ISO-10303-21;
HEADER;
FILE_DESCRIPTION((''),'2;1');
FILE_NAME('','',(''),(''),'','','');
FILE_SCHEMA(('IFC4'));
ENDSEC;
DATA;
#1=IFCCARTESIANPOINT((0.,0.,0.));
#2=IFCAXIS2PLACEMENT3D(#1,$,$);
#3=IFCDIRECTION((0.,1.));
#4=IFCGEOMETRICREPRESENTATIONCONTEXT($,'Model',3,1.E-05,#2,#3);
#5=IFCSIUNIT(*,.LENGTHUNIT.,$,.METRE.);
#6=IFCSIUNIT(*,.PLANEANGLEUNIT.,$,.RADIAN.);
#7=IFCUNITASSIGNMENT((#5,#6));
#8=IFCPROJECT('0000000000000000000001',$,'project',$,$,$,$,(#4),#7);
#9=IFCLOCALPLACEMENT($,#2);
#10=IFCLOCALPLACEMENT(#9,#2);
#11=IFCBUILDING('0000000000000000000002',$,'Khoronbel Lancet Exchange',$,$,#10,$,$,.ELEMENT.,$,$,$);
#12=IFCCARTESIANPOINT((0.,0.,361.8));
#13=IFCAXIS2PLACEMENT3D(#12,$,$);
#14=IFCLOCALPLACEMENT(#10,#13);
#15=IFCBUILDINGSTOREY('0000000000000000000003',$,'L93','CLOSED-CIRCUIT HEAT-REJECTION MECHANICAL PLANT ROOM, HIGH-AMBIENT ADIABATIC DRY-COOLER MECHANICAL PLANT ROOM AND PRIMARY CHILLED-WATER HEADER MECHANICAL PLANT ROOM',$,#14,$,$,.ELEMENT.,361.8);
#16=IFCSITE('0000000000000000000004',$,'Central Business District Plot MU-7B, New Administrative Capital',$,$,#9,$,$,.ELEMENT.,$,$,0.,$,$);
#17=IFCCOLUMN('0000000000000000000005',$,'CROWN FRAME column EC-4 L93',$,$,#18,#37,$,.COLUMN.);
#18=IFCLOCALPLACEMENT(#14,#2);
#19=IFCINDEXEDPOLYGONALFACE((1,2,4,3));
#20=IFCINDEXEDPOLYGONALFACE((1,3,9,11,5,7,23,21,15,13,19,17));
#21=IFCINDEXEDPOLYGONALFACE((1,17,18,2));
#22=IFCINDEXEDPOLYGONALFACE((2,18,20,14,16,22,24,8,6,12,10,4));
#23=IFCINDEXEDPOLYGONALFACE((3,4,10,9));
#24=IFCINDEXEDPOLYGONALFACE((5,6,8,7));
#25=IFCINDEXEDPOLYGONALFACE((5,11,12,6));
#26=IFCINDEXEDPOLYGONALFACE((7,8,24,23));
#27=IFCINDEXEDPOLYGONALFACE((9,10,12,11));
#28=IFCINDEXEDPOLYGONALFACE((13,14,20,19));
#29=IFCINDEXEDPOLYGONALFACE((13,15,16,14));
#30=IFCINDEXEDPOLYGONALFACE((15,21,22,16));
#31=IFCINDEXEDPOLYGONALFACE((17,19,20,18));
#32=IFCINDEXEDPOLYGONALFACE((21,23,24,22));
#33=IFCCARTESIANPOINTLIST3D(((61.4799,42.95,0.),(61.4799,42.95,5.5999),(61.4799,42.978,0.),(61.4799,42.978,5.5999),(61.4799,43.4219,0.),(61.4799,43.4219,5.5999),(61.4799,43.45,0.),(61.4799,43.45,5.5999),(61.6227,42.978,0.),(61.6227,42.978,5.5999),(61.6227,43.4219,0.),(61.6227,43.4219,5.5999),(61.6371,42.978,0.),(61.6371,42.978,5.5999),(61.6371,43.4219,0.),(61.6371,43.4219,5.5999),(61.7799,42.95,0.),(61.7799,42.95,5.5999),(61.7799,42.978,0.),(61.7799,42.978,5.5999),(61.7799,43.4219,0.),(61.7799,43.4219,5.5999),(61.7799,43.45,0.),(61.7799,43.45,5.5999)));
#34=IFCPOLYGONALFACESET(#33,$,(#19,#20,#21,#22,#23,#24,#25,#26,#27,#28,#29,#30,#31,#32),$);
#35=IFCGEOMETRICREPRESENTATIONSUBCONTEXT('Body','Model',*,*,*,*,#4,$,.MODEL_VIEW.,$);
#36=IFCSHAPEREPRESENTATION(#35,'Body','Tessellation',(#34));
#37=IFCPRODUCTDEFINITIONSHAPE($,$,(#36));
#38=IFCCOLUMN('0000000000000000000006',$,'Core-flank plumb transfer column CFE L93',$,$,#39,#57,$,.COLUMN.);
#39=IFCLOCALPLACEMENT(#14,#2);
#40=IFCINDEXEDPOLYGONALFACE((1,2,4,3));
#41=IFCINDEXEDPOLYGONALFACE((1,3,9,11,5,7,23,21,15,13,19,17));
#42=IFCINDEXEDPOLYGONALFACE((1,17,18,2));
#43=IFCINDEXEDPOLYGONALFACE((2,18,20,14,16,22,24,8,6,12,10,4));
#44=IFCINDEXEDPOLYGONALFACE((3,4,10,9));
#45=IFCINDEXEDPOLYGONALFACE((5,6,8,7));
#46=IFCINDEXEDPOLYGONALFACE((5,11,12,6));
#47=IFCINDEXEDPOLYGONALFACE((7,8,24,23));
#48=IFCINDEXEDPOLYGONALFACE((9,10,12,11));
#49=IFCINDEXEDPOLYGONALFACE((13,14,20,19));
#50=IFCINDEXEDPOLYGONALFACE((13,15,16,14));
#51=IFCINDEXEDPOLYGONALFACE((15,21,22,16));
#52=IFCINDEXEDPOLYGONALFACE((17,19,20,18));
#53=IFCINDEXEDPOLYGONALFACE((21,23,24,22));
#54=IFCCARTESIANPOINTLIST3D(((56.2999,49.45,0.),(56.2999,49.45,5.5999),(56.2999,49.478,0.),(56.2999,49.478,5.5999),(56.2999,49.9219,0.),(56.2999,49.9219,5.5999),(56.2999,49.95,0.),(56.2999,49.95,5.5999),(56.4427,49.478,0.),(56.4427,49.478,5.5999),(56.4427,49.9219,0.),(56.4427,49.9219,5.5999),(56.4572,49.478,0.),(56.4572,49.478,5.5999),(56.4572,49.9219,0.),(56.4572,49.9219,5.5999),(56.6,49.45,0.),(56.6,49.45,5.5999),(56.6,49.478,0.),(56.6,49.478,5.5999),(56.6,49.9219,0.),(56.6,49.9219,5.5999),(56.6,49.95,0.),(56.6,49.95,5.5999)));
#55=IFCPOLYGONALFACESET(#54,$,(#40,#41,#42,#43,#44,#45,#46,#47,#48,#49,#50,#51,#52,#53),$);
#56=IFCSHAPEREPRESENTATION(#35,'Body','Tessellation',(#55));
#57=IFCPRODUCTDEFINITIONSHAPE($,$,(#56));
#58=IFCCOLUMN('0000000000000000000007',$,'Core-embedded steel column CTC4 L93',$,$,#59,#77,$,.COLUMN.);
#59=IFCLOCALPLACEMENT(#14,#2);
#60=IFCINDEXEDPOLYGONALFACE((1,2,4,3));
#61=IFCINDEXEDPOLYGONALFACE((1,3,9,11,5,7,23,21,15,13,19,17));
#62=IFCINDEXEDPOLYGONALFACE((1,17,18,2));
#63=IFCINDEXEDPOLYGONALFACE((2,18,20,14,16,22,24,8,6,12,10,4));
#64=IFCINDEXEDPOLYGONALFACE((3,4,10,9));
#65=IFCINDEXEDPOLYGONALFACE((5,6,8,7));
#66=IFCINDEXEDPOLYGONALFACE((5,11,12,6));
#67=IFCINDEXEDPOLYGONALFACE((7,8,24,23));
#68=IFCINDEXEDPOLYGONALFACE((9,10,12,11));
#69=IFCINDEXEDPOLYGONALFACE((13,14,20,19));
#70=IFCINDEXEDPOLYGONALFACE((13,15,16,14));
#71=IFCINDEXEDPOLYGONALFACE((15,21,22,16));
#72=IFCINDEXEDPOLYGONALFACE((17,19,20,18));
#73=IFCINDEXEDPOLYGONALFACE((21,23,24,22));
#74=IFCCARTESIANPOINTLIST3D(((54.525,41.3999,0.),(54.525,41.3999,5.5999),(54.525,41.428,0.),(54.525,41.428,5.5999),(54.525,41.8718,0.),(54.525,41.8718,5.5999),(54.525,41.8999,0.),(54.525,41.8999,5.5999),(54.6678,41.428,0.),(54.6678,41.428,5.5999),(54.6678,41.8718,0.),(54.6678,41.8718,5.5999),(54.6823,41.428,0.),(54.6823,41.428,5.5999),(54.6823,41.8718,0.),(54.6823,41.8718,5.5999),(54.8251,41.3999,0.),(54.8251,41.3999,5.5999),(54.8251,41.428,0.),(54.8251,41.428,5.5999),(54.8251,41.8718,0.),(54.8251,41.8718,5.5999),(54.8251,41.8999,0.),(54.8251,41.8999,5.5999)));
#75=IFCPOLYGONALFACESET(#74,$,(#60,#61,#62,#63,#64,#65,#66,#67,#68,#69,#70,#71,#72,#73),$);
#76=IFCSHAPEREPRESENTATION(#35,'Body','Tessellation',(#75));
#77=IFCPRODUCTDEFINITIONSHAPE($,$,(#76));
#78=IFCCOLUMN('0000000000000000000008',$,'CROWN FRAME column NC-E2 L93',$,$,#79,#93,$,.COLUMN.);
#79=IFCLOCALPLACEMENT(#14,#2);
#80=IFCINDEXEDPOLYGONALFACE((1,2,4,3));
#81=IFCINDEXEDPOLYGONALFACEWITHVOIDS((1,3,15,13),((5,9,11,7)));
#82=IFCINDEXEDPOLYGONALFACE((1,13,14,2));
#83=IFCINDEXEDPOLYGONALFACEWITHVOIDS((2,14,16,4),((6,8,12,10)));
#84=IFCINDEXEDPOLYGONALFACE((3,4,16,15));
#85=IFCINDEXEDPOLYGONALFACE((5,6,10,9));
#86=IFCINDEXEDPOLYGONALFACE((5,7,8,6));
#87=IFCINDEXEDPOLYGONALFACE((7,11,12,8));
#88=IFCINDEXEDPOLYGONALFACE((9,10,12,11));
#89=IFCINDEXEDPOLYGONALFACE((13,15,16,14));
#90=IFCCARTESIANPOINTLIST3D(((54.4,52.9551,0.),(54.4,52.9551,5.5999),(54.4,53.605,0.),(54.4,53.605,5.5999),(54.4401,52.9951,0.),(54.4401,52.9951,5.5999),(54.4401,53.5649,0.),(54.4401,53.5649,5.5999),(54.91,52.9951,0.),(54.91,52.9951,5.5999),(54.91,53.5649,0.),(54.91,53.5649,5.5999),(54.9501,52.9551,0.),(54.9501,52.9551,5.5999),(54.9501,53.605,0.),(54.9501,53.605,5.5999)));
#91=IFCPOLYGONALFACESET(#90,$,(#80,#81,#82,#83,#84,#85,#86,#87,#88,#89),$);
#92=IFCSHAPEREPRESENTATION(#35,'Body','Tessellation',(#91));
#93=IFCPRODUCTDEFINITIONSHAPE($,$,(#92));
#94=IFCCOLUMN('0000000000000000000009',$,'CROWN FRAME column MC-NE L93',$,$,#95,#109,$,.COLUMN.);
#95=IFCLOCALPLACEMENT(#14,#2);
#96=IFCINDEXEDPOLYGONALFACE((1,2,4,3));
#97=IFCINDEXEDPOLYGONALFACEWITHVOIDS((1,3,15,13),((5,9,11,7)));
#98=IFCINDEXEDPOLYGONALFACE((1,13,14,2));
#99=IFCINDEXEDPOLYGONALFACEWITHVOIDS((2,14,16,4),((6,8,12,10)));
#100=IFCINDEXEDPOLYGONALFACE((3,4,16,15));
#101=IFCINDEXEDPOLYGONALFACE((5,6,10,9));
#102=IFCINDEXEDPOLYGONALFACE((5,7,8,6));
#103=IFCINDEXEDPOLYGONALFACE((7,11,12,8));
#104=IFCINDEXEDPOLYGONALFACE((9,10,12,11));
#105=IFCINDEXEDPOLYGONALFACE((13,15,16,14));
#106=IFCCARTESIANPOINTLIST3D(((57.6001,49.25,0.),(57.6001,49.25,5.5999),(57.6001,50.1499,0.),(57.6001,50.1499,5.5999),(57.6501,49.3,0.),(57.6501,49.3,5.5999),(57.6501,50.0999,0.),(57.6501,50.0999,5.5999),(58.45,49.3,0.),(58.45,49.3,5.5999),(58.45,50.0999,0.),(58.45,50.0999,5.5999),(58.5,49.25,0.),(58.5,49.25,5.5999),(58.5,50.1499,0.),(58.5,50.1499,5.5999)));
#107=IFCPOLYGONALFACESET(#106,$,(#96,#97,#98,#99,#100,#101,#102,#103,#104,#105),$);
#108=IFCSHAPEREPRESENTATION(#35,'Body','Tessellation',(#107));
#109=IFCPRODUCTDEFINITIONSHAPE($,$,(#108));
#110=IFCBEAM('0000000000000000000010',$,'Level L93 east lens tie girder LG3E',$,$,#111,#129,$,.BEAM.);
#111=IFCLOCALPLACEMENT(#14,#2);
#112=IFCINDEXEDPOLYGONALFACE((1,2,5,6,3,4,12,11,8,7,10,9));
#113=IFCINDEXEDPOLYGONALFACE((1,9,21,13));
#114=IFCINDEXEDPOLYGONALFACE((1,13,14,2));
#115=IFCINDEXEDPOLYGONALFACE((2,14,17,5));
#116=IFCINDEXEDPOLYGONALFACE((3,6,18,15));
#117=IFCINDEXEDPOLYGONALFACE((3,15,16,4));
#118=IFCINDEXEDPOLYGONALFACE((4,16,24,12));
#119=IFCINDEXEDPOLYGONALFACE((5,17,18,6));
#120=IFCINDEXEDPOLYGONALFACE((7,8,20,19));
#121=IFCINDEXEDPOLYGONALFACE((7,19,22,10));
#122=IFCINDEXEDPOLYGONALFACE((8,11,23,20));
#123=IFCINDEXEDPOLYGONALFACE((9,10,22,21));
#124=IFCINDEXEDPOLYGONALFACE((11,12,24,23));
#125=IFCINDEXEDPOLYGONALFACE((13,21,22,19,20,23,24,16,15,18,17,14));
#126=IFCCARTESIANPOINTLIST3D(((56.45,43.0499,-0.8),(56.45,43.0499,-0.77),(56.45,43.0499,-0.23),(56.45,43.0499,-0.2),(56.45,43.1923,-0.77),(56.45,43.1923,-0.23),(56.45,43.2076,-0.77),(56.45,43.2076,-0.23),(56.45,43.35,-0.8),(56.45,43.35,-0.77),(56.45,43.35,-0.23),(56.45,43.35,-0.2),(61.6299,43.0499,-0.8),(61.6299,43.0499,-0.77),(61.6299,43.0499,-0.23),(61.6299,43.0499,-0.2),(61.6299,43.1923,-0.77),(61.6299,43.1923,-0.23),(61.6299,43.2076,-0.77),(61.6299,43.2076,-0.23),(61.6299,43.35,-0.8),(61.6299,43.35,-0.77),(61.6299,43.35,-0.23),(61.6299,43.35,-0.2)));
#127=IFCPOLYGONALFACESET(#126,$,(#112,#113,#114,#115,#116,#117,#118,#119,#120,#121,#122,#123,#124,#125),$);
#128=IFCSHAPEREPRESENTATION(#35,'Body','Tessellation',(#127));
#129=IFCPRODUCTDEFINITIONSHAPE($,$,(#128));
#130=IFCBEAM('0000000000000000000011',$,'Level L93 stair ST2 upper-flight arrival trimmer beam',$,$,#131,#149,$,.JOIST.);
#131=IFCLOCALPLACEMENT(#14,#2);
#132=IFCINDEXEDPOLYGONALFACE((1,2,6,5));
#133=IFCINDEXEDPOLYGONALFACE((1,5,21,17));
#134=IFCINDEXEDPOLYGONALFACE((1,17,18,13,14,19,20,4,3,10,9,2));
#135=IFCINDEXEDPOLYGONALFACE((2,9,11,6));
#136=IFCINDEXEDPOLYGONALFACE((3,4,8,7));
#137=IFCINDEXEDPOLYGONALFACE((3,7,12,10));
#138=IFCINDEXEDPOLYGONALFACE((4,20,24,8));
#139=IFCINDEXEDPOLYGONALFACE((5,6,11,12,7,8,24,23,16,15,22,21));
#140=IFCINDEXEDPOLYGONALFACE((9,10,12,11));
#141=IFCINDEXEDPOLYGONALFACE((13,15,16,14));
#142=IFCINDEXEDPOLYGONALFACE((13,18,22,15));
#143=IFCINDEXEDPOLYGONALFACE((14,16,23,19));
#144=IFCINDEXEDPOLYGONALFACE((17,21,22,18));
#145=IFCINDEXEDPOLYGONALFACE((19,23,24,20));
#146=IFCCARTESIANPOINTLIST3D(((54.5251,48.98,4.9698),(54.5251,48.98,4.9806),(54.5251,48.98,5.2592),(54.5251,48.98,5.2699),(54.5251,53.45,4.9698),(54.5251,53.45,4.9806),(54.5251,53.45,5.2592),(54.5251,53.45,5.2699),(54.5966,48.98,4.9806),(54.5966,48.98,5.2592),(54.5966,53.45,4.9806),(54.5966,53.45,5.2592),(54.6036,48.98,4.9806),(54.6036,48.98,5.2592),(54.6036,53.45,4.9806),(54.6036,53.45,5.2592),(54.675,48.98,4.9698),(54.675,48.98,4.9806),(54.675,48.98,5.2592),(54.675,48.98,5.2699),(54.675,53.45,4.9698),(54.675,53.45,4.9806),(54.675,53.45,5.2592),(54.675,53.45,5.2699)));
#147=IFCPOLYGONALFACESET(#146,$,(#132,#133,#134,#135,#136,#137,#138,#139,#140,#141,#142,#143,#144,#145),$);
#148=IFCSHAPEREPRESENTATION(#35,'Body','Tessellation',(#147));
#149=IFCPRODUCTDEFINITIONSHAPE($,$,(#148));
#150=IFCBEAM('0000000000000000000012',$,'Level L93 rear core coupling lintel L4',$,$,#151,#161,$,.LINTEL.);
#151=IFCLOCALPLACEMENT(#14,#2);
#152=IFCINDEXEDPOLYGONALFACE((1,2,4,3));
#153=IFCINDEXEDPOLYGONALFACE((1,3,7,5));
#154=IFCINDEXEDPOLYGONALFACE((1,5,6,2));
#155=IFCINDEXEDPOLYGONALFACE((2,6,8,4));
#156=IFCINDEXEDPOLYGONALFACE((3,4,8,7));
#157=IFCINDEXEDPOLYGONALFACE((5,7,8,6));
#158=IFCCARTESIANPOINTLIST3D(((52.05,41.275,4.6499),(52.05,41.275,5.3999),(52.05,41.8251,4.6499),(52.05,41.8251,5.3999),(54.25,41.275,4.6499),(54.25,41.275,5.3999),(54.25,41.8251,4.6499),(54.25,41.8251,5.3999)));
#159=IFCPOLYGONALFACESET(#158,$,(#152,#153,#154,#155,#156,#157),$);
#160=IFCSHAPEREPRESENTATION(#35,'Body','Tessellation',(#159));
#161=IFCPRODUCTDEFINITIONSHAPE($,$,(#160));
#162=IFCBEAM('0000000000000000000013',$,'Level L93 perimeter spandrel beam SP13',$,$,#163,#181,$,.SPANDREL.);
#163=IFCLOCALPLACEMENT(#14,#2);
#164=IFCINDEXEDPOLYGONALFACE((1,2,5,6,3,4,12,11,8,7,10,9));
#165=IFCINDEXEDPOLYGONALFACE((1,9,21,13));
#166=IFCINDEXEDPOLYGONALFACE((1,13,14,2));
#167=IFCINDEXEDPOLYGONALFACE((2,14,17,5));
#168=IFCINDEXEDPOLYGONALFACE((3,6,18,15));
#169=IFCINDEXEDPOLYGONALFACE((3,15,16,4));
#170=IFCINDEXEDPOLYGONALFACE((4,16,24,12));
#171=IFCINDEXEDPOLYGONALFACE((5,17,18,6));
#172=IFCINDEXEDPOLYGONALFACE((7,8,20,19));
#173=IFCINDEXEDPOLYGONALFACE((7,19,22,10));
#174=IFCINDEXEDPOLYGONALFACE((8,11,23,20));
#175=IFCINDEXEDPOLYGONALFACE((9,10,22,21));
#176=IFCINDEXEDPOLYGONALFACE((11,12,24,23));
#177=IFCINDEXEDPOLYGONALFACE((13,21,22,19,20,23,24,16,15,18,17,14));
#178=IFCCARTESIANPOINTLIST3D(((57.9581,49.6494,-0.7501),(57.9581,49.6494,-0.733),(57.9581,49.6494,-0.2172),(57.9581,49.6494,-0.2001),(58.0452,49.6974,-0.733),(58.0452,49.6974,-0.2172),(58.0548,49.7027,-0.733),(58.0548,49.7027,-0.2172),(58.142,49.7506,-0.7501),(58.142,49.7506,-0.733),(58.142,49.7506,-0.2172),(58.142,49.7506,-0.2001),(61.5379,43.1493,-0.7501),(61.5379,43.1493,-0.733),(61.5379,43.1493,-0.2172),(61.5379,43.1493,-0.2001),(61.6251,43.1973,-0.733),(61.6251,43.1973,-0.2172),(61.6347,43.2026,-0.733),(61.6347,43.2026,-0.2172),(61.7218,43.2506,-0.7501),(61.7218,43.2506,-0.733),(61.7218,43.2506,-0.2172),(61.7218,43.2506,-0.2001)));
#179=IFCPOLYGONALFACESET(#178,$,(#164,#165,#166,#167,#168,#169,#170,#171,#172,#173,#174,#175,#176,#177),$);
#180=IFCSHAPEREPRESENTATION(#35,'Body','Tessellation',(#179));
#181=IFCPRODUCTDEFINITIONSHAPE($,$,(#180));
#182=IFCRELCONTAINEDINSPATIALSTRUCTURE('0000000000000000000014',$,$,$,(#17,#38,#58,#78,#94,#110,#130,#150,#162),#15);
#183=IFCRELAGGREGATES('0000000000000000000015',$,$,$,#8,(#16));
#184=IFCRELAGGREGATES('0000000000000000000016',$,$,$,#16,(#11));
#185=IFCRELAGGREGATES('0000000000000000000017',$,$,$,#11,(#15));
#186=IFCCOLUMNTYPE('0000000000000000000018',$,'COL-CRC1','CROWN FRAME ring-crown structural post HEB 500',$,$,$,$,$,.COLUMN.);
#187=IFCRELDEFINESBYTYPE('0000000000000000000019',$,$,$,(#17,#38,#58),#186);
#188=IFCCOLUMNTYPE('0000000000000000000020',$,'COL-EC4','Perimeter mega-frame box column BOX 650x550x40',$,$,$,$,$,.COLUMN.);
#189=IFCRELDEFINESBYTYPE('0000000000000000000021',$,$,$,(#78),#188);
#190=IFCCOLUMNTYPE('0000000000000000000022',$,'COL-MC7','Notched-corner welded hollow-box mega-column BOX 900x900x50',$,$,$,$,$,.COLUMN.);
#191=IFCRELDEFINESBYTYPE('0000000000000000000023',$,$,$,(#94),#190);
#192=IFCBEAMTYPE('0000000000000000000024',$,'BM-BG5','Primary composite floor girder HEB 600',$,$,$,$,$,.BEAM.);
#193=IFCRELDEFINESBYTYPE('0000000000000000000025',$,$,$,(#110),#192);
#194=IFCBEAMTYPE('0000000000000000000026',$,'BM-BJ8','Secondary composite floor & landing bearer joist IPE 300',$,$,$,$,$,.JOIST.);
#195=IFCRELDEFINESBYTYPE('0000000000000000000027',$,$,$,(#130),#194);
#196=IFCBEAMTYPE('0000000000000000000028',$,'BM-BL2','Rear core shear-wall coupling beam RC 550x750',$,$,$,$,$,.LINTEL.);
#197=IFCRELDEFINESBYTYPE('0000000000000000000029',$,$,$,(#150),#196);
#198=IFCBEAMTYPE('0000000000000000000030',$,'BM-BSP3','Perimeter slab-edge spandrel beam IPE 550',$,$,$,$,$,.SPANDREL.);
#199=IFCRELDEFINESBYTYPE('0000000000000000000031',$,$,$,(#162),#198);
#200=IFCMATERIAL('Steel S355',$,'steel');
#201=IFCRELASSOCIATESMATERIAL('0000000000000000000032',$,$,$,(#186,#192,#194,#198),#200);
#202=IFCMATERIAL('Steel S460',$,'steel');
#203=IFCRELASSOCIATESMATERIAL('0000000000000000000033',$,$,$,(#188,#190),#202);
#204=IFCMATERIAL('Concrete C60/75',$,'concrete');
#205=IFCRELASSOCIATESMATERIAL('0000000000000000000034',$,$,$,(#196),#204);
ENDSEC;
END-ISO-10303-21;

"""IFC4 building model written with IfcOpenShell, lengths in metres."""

from ifc_helpers import new_model, si_unit, direction, frame, origin, origin_2d, place, context, subcontext, project, spatial, rectangle, hollow_rectangle, i_section, extrude, material, material_profile, profile_set, type_object, element, save


model = new_model("IFC4")

# Units and contexts
model_context = context("Model", 3, precision=1e-05, world=origin(), true_north=direction((0.0, 1.0)))
body_context = subcontext(model_context, "Body", "Model", "MODEL_VIEW")
ifc_project = project(units=[si_unit("LENGTHUNIT", "METRE"), si_unit("PLANEANGLEUNIT", "RADIAN")], contexts=[model_context])

# Site, building, storey
site_placement = place(None, origin())
site = spatial("IfcSite", under=ifc_project, at=site_placement, Name="Central Business District Plot MU-7B, New Administrative Capital", CompositionType="ELEMENT", RefElevation=0.0)
building_placement = place(site_placement, origin())
building = spatial("IfcBuilding", under=site, at=building_placement, Name="Khoronbel Lancet Exchange", CompositionType="ELEMENT")
storey_placement = place(building_placement, frame((0.0, 0.0, 361.8)))
storey = spatial("IfcBuildingStorey", under=building, at=storey_placement, Name="L93", Description="CLOSED-CIRCUIT HEAT-REJECTION MECHANICAL PLANT ROOM, HIGH-AMBIENT ADIABATIC DRY-COOLER MECHANICAL PLANT ROOM AND PRIMARY CHILLED-WATER HEADER MECHANICAL PLANT ROOM", CompositionType="ELEMENT", Elevation=361.8)

# Columns
ifc_material_1 = material(Name="Steel S355", Category="steel")
ifc_material_profile_1 = material_profile(ifc_material_1, i_section(OverallWidth=0.3, OverallDepth=0.5, WebThickness=0.0144, FlangeThickness=0.0281, at=origin_2d()), Name="HEB 500")
ifc_profile_set_1 = profile_set([ifc_material_profile_1], Name="Steel S355")
column_type_1 = type_object("IfcColumnType", Name="COL-CRC1", Description="CROWN FRAME ring-crown structural post HEB 500", PredefinedType="COLUMN", material=ifc_profile_set_1)
for number, where, z_axis, x_axis, name in (
    (1, (61.6299, 43.2, 0.0), (0.0, 0.0, 1.0), (1.0, 0.0, 0.0), "CROWN FRAME column EC-4 L93"),
    (2, (56.45, 49.7, 0.0), (0.0, 0.0, 1.0), (1.0, 0.0, 0.0), "Core-flank plumb transfer column CFE L93"),
    (3, (54.675, 41.6499, 0.0), (0.0, 0.0, 1.0), (1.0, 0.0, 0.0), "Core-embedded steel column CTC4 L93"),
):
    element("IfcColumn", number, at=place(storey_placement, frame(where, z_axis=z_axis, x_axis=x_axis)), inside=storey, type_object=column_type_1, Name=name, PredefinedType="COLUMN", context=body_context, shape_type="SweptSolid", body=[
        extrude(i_section(OverallWidth=0.3, OverallDepth=0.5, WebThickness=0.0144, FlangeThickness=0.0281, at=origin_2d()), origin(), (0.0, 0.0, 1.0), 5.5999),
    ])
ifc_material_2 = material(Name="Steel S460", Category="steel")
ifc_material_profile_2 = material_profile(ifc_material_2, hollow_rectangle(XDim=0.55, YDim=0.6499, WallThickness=0.04, at=origin_2d()), Name="BOX 650x550x40")
ifc_profile_set_2 = profile_set([ifc_material_profile_2], Name="Steel S460")
column_type_2 = type_object("IfcColumnType", Name="COL-EC4", Description="Perimeter mega-frame box column BOX 650x550x40", PredefinedType="COLUMN", material=ifc_profile_set_2)
column_1_placement = place(storey_placement, frame((54.675, 53.28, 0.0), z_axis=(0.0, 0.0, 1.0), x_axis=(1.0, 0.0, 0.0)))
element("IfcColumn", 4, at=column_1_placement, inside=storey, type_object=column_type_2, Name="CROWN FRAME column NC-E2 L93", PredefinedType="COLUMN", context=body_context, shape_type="SweptSolid", body=[
    extrude(hollow_rectangle(XDim=0.55, YDim=0.6499, WallThickness=0.04, at=origin_2d()), origin(), (0.0, 0.0, 1.0), 5.5999),
])
ifc_material_profile_3 = material_profile(ifc_material_2, hollow_rectangle(XDim=0.8999, YDim=0.8999, WallThickness=0.05, at=origin_2d()), Name="BOX 900x900x50")
ifc_profile_set_3 = profile_set([ifc_material_profile_3], Name="Steel S460")
column_type_3 = type_object("IfcColumnType", Name="COL-MC7", Description="Notched-corner welded hollow-box mega-column BOX 900x900x50", PredefinedType="COLUMN", material=ifc_profile_set_3)
column_2_placement = place(storey_placement, frame((58.05, 49.7, 0.0), z_axis=(0.0, 0.0, 1.0), x_axis=(1.0, 0.0, 0.0)))
element("IfcColumn", 5, at=column_2_placement, inside=storey, type_object=column_type_3, Name="CROWN FRAME column MC-NE L93", PredefinedType="COLUMN", context=body_context, shape_type="SweptSolid", body=[
    extrude(hollow_rectangle(XDim=0.8999, YDim=0.8999, WallThickness=0.05, at=origin_2d()), origin(), (0.0, 0.0, 1.0), 5.5999),
])

# Beams
ifc_material_profile_4 = material_profile(ifc_material_1, i_section(OverallWidth=0.3, OverallDepth=0.6001, WebThickness=0.0154, FlangeThickness=0.03, at=origin_2d()), Name="HEB 600")
ifc_profile_set_4 = profile_set([ifc_material_profile_4], Name="Steel S355")
beam_type_1 = type_object("IfcBeamType", Name="BM-BG5", Description="Primary composite floor girder HEB 600", PredefinedType="BEAM", material=ifc_profile_set_4)
beam_1_placement = place(storey_placement, frame((56.45, 43.2, -0.5), z_axis=(1.0, 0.0, 0.0), x_axis=(0.0, 1.0, 0.0)))
element("IfcBeam", 6, at=beam_1_placement, inside=storey, type_object=beam_type_1, Name="Level L93 east lens tie girder LG3E", PredefinedType="BEAM", context=body_context, shape_type="SweptSolid", body=[
    extrude(i_section(OverallWidth=0.3, OverallDepth=0.6001, WebThickness=0.0154, FlangeThickness=0.03, at=origin_2d()), origin(), (0.0, 0.0, 1.0), 5.1799),
])
ifc_material_profile_5 = material_profile(ifc_material_1, i_section(OverallWidth=0.1499, OverallDepth=0.3, WebThickness=0.0071, FlangeThickness=0.0107, at=origin_2d()), Name="IPE 300")
ifc_profile_set_5 = profile_set([ifc_material_profile_5], Name="Steel S355")
beam_type_2 = type_object("IfcBeamType", Name="BM-BJ8", Description="Secondary composite floor & landing bearer joist IPE 300", PredefinedType="JOIST", material=ifc_profile_set_5)
beam_2_placement = place(storey_placement, frame((54.6001, 48.98, 5.1199), z_axis=(0.0, 1.0, 0.0), x_axis=(-1.0, 0.0, 0.0)))
element("IfcBeam", 7, at=beam_2_placement, inside=storey, type_object=beam_type_2, Name="Level L93 stair ST2 upper-flight arrival trimmer beam", PredefinedType="JOIST", context=body_context, shape_type="SweptSolid", body=[
    extrude(i_section(OverallWidth=0.1499, OverallDepth=0.3, WebThickness=0.0071, FlangeThickness=0.0107, at=origin_2d()), origin(), (0.0, 0.0, 1.0), 4.47),
])
ifc_material_3 = material(Name="Concrete C60/75", Category="concrete")
ifc_material_profile_6 = material_profile(ifc_material_3, rectangle(XDim=0.55, YDim=0.75, at=origin_2d()), Name="RC 550x750")
ifc_profile_set_6 = profile_set([ifc_material_profile_6], Name="Concrete C60/75")
beam_type_3 = type_object("IfcBeamType", Name="BM-BL2", Description="Rear core shear-wall coupling beam RC 550x750", PredefinedType="LINTEL", material=ifc_profile_set_6)
beam_3_placement = place(storey_placement, frame((52.05, 41.55, 5.0249), z_axis=(1.0, 0.0, 0.0), x_axis=(0.0, 1.0, 0.0)))
element("IfcBeam", 8, at=beam_3_placement, inside=storey, type_object=beam_type_3, Name="Level L93 rear core coupling lintel L4", PredefinedType="LINTEL", context=body_context, shape_type="SweptSolid", body=[
    extrude(rectangle(XDim=0.55, YDim=0.75, at=origin_2d()), origin(), (0.0, 0.0, 1.0), 2.2),
])
ifc_material_profile_7 = material_profile(ifc_material_1, i_section(OverallWidth=0.21, OverallDepth=0.55, WebThickness=0.011, FlangeThickness=0.0171, at=origin_2d()), Name="IPE 550")
ifc_profile_set_7 = profile_set([ifc_material_profile_7], Name="Steel S355")
beam_type_4 = type_object("IfcBeamType", Name="BM-BSP3", Description="Perimeter slab-edge spandrel beam IPE 550", PredefinedType="SPANDREL", material=ifc_profile_set_7)
beam_4_placement = place(storey_placement, frame((61.6299, 43.2, -0.4751), z_axis=(-0.482419, 0.875941, 0.0), x_axis=(-0.875941, -0.482419, 0.0)))
element("IfcBeam", 9, at=beam_4_placement, inside=storey, type_object=beam_type_4, Name="Level L93 perimeter spandrel beam SP13", PredefinedType="SPANDREL", context=body_context, shape_type="SweptSolid", body=[
    extrude(i_section(OverallWidth=0.21, OverallDepth=0.55, WebThickness=0.011, FlangeThickness=0.0171, at=origin_2d()), origin(), (0.0, 0.0, 1.0), 7.4207),
])

save(model, "model.ifc")
